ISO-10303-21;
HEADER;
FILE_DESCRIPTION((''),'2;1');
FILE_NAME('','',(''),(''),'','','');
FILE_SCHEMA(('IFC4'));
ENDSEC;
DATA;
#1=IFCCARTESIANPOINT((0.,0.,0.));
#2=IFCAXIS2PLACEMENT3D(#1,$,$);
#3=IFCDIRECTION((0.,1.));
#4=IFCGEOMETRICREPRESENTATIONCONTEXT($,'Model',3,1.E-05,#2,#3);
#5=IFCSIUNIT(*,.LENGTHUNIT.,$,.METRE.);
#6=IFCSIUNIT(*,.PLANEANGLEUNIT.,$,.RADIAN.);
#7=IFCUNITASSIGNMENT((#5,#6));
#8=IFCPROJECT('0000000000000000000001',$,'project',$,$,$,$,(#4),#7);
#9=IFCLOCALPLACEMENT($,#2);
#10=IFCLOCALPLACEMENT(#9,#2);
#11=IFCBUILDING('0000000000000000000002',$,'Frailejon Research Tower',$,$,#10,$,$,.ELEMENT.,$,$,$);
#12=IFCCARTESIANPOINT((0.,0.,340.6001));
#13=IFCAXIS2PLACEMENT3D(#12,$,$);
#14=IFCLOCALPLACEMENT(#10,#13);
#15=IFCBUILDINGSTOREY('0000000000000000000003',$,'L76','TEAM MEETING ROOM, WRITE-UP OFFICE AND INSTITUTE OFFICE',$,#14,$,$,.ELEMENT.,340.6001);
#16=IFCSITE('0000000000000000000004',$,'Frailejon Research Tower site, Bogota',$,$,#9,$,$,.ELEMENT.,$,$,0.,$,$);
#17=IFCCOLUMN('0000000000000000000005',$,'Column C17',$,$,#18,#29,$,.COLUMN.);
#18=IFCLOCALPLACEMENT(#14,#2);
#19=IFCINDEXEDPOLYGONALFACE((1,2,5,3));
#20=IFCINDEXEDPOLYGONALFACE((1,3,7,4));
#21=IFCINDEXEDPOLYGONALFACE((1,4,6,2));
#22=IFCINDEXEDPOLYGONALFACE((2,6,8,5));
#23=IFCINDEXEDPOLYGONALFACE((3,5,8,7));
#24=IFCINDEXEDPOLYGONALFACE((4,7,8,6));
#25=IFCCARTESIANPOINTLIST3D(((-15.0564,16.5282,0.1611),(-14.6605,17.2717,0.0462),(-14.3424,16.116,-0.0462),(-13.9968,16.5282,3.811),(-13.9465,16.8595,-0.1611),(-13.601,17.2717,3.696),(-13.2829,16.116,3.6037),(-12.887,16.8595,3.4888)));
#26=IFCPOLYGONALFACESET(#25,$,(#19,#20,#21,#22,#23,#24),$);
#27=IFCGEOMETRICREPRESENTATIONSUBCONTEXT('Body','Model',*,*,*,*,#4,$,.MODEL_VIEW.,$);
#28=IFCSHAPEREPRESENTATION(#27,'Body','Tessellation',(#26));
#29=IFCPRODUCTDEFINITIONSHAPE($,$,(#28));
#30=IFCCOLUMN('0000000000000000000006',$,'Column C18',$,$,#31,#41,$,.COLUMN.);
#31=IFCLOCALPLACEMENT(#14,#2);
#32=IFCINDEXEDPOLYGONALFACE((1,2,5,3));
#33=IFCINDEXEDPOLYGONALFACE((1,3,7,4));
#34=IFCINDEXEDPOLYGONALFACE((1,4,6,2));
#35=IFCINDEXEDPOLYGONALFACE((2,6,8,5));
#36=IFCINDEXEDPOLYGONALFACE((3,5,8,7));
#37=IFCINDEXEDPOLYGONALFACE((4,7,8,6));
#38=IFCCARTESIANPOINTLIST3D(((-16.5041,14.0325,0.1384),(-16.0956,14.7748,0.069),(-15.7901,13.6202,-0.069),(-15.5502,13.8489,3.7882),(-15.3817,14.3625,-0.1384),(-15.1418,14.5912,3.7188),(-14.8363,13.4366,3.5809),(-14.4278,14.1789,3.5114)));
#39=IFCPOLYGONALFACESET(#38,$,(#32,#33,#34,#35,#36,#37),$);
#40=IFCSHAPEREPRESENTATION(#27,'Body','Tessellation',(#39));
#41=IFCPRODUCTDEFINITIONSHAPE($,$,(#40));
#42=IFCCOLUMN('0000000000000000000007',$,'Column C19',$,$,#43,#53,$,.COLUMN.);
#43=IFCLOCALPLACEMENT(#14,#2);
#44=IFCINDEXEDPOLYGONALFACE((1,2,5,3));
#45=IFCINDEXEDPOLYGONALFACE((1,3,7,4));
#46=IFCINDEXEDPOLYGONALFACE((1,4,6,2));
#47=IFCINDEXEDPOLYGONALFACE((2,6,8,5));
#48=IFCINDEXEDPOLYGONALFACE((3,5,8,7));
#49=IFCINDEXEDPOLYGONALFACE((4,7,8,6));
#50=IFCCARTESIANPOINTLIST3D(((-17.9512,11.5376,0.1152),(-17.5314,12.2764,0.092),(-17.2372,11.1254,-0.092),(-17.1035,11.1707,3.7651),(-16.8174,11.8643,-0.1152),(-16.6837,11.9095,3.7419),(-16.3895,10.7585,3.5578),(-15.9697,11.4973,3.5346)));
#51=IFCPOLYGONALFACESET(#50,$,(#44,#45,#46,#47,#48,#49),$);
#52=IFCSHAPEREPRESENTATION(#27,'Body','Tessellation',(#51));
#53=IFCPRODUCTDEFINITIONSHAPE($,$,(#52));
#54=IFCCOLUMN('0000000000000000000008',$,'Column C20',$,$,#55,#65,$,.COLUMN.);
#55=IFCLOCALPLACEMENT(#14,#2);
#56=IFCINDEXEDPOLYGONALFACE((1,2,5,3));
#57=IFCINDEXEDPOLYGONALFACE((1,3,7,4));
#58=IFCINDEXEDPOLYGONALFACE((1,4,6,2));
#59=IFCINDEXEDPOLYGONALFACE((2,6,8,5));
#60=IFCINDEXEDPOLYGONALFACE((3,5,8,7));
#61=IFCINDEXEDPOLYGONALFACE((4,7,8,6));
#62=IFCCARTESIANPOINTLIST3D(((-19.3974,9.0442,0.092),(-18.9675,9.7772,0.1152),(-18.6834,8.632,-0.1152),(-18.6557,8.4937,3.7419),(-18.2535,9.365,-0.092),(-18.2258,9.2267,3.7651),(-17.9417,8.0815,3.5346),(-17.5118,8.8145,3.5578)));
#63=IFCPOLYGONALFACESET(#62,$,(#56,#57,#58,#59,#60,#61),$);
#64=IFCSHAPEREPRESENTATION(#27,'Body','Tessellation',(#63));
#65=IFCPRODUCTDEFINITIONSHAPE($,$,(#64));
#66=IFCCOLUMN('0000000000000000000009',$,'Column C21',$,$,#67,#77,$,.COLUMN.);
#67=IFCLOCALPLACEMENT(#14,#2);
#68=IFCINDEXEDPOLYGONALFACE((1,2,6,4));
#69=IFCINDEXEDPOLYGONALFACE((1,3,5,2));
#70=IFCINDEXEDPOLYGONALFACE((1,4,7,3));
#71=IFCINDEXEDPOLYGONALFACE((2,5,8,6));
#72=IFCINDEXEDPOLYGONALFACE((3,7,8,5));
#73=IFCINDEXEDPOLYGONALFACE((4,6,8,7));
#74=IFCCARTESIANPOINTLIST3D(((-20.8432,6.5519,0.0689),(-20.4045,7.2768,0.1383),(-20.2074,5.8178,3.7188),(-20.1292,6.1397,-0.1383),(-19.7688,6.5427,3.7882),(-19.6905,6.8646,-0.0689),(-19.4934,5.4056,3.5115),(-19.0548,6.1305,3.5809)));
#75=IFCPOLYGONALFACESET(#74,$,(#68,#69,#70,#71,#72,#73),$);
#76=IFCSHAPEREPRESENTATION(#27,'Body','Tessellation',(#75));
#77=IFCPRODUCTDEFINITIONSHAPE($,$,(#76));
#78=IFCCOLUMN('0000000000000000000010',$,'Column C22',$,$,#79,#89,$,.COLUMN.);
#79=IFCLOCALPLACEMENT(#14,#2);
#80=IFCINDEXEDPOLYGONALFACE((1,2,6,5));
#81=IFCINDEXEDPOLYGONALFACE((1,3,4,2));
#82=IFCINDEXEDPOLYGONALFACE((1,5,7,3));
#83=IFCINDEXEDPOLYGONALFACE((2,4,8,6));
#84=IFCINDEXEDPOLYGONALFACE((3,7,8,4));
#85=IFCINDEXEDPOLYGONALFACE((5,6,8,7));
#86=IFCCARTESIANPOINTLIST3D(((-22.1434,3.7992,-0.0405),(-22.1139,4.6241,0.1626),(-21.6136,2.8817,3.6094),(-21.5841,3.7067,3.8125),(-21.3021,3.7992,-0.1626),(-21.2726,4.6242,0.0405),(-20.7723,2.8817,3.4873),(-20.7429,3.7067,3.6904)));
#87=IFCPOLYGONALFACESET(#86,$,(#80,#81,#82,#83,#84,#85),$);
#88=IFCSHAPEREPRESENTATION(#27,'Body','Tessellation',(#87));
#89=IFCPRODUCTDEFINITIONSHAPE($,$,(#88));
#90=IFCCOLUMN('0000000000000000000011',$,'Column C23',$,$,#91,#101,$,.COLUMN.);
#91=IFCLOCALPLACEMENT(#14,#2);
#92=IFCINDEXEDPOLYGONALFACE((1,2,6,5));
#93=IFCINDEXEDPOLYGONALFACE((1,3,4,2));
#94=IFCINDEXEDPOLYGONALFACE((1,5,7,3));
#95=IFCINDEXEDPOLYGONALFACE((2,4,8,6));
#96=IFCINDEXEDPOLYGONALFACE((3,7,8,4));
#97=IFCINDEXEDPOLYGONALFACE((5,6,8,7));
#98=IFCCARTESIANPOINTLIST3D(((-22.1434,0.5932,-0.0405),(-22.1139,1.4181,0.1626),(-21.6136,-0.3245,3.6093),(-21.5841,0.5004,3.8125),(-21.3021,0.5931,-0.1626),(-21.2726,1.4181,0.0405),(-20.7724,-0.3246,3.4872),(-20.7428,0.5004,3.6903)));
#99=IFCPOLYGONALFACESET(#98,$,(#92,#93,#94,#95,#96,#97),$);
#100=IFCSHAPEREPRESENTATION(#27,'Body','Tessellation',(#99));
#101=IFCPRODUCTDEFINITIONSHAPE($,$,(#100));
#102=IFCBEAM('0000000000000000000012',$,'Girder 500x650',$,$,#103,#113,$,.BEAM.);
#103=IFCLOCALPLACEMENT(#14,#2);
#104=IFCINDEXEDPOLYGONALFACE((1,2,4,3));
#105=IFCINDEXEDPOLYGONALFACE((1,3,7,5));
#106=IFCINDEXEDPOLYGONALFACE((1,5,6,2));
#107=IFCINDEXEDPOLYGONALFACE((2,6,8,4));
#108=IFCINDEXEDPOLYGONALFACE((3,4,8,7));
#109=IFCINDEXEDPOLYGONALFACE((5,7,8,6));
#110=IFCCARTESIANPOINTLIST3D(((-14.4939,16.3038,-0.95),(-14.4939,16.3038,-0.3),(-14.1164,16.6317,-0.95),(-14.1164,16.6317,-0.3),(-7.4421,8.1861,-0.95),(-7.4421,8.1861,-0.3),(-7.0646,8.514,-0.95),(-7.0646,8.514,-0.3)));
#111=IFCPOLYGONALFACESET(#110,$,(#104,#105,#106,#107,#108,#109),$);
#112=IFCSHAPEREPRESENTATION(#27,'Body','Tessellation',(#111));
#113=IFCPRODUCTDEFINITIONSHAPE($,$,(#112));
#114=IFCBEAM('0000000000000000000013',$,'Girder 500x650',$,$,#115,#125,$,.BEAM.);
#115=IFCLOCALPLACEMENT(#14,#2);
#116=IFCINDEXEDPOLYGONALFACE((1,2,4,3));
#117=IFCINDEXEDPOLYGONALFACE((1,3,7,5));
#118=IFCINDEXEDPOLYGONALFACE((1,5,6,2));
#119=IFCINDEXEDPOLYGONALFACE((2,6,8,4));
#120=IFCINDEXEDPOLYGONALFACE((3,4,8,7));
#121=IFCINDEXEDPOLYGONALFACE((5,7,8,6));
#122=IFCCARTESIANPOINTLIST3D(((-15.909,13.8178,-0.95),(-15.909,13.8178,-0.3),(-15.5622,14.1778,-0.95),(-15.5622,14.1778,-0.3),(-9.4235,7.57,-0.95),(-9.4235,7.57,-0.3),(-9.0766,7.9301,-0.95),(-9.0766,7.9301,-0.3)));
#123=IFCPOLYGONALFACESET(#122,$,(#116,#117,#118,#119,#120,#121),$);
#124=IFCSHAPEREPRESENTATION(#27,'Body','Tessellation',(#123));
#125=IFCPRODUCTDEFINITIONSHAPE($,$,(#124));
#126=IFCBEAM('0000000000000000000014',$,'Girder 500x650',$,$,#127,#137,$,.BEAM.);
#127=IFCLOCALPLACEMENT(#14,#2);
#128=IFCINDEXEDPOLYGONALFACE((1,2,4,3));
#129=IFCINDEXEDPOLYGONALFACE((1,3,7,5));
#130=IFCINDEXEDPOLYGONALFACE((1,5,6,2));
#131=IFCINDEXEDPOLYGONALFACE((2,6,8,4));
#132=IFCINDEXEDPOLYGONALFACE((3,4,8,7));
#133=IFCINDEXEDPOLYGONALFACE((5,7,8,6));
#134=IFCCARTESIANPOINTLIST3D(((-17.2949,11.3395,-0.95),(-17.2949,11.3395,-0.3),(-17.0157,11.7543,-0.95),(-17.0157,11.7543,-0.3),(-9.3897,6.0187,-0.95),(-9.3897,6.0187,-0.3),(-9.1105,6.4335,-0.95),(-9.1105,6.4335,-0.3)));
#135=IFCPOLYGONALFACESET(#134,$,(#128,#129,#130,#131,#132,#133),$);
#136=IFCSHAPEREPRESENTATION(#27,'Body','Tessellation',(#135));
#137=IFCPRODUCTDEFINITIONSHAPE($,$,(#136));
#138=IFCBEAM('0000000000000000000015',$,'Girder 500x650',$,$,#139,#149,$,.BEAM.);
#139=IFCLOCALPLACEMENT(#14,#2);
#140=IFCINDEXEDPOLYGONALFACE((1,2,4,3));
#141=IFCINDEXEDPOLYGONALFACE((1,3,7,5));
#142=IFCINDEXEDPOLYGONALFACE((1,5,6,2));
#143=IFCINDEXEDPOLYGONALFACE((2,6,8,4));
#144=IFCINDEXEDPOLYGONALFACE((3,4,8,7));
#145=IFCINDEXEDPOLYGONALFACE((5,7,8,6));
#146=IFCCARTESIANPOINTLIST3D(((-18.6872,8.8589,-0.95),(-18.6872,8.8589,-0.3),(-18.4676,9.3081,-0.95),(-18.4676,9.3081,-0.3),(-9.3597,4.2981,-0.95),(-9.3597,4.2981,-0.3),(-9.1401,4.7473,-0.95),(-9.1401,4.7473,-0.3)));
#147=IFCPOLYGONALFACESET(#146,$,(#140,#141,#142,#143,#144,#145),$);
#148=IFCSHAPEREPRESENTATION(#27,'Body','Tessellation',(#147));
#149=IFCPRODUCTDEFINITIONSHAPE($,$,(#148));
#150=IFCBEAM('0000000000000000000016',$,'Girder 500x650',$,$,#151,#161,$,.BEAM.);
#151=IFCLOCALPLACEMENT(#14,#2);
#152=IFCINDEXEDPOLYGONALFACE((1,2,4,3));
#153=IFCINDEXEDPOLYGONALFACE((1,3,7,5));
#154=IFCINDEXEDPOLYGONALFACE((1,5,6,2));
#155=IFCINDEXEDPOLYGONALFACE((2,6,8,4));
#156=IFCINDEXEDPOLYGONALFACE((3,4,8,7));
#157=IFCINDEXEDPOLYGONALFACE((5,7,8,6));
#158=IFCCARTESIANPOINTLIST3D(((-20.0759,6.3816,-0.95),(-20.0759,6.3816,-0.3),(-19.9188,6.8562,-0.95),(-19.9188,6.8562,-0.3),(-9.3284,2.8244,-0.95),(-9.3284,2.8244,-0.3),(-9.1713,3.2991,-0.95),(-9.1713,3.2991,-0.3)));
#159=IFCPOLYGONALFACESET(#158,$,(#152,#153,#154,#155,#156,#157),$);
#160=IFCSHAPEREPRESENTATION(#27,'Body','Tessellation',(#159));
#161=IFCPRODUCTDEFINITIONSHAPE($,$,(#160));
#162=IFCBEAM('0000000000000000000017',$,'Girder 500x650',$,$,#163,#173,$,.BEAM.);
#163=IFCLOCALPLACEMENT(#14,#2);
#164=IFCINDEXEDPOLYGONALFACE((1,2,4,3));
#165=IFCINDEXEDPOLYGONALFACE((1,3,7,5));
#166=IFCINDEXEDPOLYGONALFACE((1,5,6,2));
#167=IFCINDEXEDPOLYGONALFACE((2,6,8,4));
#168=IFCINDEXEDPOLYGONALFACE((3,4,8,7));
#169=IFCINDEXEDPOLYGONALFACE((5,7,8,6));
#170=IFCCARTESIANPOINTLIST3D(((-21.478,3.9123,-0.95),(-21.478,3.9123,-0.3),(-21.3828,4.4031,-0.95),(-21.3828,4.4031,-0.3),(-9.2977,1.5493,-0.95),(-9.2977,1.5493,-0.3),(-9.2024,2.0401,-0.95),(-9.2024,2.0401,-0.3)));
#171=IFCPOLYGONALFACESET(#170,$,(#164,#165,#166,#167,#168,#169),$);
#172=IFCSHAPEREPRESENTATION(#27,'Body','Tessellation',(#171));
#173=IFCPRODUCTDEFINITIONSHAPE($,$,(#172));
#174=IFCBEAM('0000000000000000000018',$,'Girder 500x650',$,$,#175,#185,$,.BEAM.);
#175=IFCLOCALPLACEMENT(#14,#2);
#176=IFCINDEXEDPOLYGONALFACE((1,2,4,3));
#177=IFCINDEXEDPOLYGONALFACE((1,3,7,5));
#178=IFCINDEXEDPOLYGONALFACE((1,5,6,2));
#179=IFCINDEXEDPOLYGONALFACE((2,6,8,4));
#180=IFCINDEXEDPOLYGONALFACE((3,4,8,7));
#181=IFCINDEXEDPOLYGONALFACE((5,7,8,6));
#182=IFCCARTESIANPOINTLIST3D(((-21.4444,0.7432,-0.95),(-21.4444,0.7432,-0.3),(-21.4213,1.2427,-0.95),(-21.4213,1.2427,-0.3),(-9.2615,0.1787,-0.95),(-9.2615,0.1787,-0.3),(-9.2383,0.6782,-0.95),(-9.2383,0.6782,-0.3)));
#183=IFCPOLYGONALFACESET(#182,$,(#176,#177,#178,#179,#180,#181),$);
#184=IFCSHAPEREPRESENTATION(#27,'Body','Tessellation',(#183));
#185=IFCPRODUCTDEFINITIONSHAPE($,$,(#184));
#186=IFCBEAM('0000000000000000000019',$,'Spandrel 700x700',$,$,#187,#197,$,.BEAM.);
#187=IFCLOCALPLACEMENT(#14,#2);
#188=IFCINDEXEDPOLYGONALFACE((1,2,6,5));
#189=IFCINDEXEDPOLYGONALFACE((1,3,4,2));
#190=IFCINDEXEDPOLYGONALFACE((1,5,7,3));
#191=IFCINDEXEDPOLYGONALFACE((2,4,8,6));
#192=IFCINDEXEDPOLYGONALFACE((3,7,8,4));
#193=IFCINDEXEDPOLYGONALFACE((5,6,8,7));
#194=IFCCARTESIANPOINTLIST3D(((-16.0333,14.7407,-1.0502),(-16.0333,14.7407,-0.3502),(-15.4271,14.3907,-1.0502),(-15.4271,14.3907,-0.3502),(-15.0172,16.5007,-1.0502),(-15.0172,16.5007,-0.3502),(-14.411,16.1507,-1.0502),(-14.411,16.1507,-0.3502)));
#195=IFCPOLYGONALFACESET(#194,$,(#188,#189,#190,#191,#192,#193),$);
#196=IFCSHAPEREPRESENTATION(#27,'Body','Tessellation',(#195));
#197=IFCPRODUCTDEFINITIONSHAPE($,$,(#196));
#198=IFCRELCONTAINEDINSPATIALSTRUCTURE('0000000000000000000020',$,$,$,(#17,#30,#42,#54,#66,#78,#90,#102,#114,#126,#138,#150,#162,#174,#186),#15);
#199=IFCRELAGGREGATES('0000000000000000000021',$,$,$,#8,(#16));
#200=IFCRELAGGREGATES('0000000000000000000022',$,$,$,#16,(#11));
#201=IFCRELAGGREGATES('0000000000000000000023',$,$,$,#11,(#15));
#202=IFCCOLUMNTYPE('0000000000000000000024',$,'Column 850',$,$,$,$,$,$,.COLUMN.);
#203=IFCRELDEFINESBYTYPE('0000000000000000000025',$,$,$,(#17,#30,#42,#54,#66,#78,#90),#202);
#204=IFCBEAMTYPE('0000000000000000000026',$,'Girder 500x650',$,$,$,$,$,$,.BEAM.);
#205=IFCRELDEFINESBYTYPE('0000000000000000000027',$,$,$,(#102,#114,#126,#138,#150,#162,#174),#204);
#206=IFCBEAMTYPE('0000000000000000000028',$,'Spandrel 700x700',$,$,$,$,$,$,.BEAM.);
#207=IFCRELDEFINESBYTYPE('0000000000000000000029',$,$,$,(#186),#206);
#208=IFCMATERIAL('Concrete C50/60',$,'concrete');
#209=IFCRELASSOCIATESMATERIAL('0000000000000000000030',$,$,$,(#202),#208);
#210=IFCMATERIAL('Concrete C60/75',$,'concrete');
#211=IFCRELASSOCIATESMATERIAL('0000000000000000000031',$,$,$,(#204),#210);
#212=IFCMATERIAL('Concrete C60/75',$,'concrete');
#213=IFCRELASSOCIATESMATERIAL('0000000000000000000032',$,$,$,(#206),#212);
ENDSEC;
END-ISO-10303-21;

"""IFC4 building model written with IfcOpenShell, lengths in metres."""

from ifc_helpers import new_model, si_unit, direction, frame, origin, origin_2d, place, context, subcontext, project, spatial, rectangle, extrude, material, material_profile, profile_set, type_object, element, save


model = new_model("IFC4")

# Units and contexts
model_context = context("Model", 3, precision=1e-05, world=origin(), true_north=direction((0.0, 1.0)))
body_context = subcontext(model_context, "Body", "Model", "MODEL_VIEW")
ifc_project = project(units=[si_unit("LENGTHUNIT", "METRE"), si_unit("PLANEANGLEUNIT", "RADIAN")], contexts=[model_context])

# Site, building, storey
site_placement = place(None, origin())
site = spatial("IfcSite", under=ifc_project, at=site_placement, Name="Frailejon Research Tower site, Bogota", CompositionType="ELEMENT", RefElevation=0.0)
building_placement = place(site_placement, origin())
building = spatial("IfcBuilding", under=site, at=building_placement, Name="Frailejon Research Tower", CompositionType="ELEMENT")
storey_placement = place(building_placement, frame((0.0, 0.0, 340.6001)))
storey = spatial("IfcBuildingStorey", under=building, at=storey_placement, Name="L76", Description="TEAM MEETING ROOM, WRITE-UP OFFICE AND INSTITUTE OFFICE", CompositionType="ELEMENT", Elevation=340.6001)

# Columns
ifc_material_1 = material(Name="Concrete C50/60", Category="concrete")
ifc_material_profile_1 = material_profile(ifc_material_1, rectangle(XDim=0.8501, YDim=0.8501, at=origin_2d()), Name="Column 850")
ifc_profile_set_1 = profile_set([ifc_material_profile_1], Name="Concrete C50/60")
column_type = type_object("IfcColumnType", Name="Column 850", PredefinedType="COLUMN", material=ifc_profile_set_1)
column_1_placement = place(storey_placement, frame((-14.5015, 16.6938, 0.0), z_axis=(0.278791, 0.0, 0.960352), x_axis=(-0.465685, -0.874564, 0.135189)))
element("IfcColumn", 1, at=column_1_placement, inside=storey, type_object=column_type, Name="Column C17", PredefinedType="COLUMN", context=body_context, shape_type="SweptSolid", body=[
    extrude(rectangle(XDim=0.8501, YDim=0.8501, at=origin_2d()), origin(), (0.0, 0.0, 1.0), 3.8005),
])
column_2_placement = place(storey_placement, frame((-15.9429, 14.1975, 0.0), z_axis=(0.252547, -0.048609, 0.966363), x_axis=(-0.480493, -0.87319, 0.081649)))
element("IfcColumn", 2, at=column_2_placement, inside=storey, type_object=column_type, Name="Column C18", PredefinedType="COLUMN", context=body_context, shape_type="SweptSolid", body=[
    extrude(rectangle(XDim=0.8501, YDim=0.8501, at=origin_2d()), origin(), (0.0, 0.0, 1.0), 3.7769),
])
for number, where, z_axis, x_axis, name in (
    (3, (-17.3843, 11.7009, 0.0), (0.225143, -0.097463, 0.969439), (-0.493822, -0.869134, 0.027307), "Column C19"),
    (4, (-18.8254, 9.2046, 0.0), (0.197, -0.146226, 0.969437), (-0.505734, -0.862258, -0.027289), "Column C20"),
):
    element("IfcColumn", number, at=place(storey_placement, frame(where, z_axis=z_axis, x_axis=x_axis)), inside=storey, type_object=column_type, Name=name, PredefinedType="COLUMN", context=body_context, shape_type="SweptSolid", body=[
        extrude(rectangle(XDim=0.8501, YDim=0.8501, at=origin_2d()), origin(), (0.0, 0.0, 1.0), 3.7649),
    ])
column_3_placement = place(storey_placement, frame((-20.2668, 6.7083, 0.0), z_axis=(0.168324, -0.194374, 0.966378), x_axis=(-0.515961, -0.852713, -0.081642)))
element("IfcColumn", 5, at=column_3_placement, inside=storey, type_object=column_type, Name="Column C21", PredefinedType="COLUMN", context=body_context, shape_type="SweptSolid", body=[
    extrude(rectangle(XDim=0.8501, YDim=0.8501, at=origin_2d()), origin(), (0.0, 0.0, 1.0), 3.7769),
])
for number, where, z_axis, x_axis, name in (
    (6, (-21.708, 4.2117, 0.0), (0.139397, -0.241407, 0.96036), (-0.034629, -0.970424, -0.23891), "Column C22"),
    (7, (-21.708, 1.0056, 0.0), (0.139395, -0.241467, 0.960345), (-0.034747, -0.970409, -0.238954), "Column C23"),
):
    element("IfcColumn", number, at=place(storey_placement, frame(where, z_axis=z_axis, x_axis=x_axis)), inside=storey, type_object=column_type, Name=name, PredefinedType="COLUMN", context=body_context, shape_type="SweptSolid", body=[
        extrude(rectangle(XDim=0.8501, YDim=0.8501, at=origin_2d()), origin(), (0.0, 0.0, 1.0), 3.8005),
    ])

# Beams
ifc_material_2 = material(Name="Concrete C60/75", Category="concrete")
ifc_material_profile_2 = material_profile(ifc_material_2, rectangle(XDim=0.5, YDim=0.6499, at=origin_2d()), Name="Girder 500x650")
ifc_profile_set_2 = profile_set([ifc_material_profile_2], Name="Concrete C60/75")
beam_type_1 = type_object("IfcBeamType", Name="Girder 500x650", PredefinedType="BEAM", material=ifc_profile_set_2)
beam_1_placement = place(storey_placement, frame((-14.3052, 16.4678, -0.625), z_axis=(0.655803, -0.754932, 0.0), x_axis=(0.754932, 0.655803, 0.0)))
element("IfcBeam", 8, at=beam_1_placement, inside=storey, type_object=beam_type_1, Name="Girder 500x650", PredefinedType="BEAM", context=body_context, shape_type="SweptSolid", body=[
    extrude(rectangle(XDim=0.5, YDim=0.6499, at=origin_2d()), origin(), (0.0, 0.0, 1.0), 10.7529),
])
beam_2_placement = place(storey_placement, frame((-15.7356, 13.9978, -0.625), z_axis=(0.720186, -0.693781, 0.0), x_axis=(0.693781, 0.720186, 0.0)))
element("IfcBeam", 9, at=beam_2_placement, inside=storey, type_object=beam_type_1, Name="Girder 500x650", PredefinedType="BEAM", context=body_context, shape_type="SweptSolid", body=[
    extrude(rectangle(XDim=0.5, YDim=0.6499, at=origin_2d()), origin(), (0.0, 0.0, 1.0), 9.0054),
])
beam_3_placement = place(storey_placement, frame((-17.1553, 11.5469, -0.625), z_axis=(0.82959, -0.558372, 0.0), x_axis=(0.558372, 0.82959, 0.0)))
element("IfcBeam", 10, at=beam_3_placement, inside=storey, type_object=beam_type_1, Name="Girder 500x650", PredefinedType="BEAM", context=body_context, shape_type="SweptSolid", body=[
    extrude(rectangle(XDim=0.5, YDim=0.6499, at=origin_2d()), origin(), (0.0, 0.0, 1.0), 9.5291),
])
beam_4_placement = place(storey_placement, frame((-18.5774, 9.0835, -0.625), z_axis=(0.898357, -0.439267, 0.0), x_axis=(0.439267, 0.898357, 0.0)))
element("IfcBeam", 11, at=beam_4_placement, inside=storey, type_object=beam_type_1, Name="Girder 500x650", PredefinedType="BEAM", context=body_context, shape_type="SweptSolid", body=[
    extrude(rectangle(XDim=0.5, YDim=0.6499, at=origin_2d()), origin(), (0.0, 0.0, 1.0), 10.3828),
])
beam_5_placement = place(storey_placement, frame((-19.9973, 6.6189, -0.625), z_axis=(0.949352, -0.314215, 0.0), x_axis=(0.314215, 0.949352, 0.0)))
element("IfcBeam", 12, at=beam_5_placement, inside=storey, type_object=beam_type_1, Name="Girder 500x650", PredefinedType="BEAM", context=body_context, shape_type="SweptSolid", body=[
    extrude(rectangle(XDim=0.5, YDim=0.6499, at=origin_2d()), origin(), (0.0, 0.0, 1.0), 11.3208),
])
beam_6_placement = place(storey_placement, frame((-21.4304, 4.1577, -0.625), z_axis=(0.981697, -0.190452, 0.0), x_axis=(0.190452, 0.981697, 0.0)))
element("IfcBeam", 13, at=beam_6_placement, inside=storey, type_object=beam_type_1, Name="Girder 500x650", PredefinedType="BEAM", context=body_context, shape_type="SweptSolid", body=[
    extrude(rectangle(XDim=0.5, YDim=0.6499, at=origin_2d()), origin(), (0.0, 0.0, 1.0), 12.4075),
])
beam_7_placement = place(storey_placement, frame((-21.4329, 0.9929, -0.625), z_axis=(0.998928, -0.046282, 0.0), x_axis=(0.046282, 0.998928, 0.0)))
element("IfcBeam", 14, at=beam_7_placement, inside=storey, type_object=beam_type_1, Name="Girder 500x650", PredefinedType="BEAM", context=body_context, shape_type="SweptSolid", body=[
    extrude(rectangle(XDim=0.5, YDim=0.6499, at=origin_2d()), origin(), (0.0, 0.0, 1.0), 12.196),
])
ifc_material_3 = material(Name="Concrete C60/75", Category="concrete")
ifc_material_profile_3 = material_profile(ifc_material_3, rectangle(XDim=0.7, YDim=0.7, at=origin_2d()), Name="Spandrel 700x700")
ifc_profile_set_3 = profile_set([ifc_material_profile_3], Name="Concrete C60/75")
beam_type_2 = type_object("IfcBeamType", Name="Spandrel 700x700", PredefinedType="BEAM", material=ifc_profile_set_3)
beam_8_placement = place(storey_placement, frame((-14.7141, 16.3257, -0.7002), z_axis=(-0.499989, -0.866032, 0.0), x_axis=(0.866032, -0.499989, 0.0)))
element("IfcBeam", 15, at=beam_8_placement, inside=storey, type_object=beam_type_2, Name="Spandrel 700x700", PredefinedType="BEAM", context=body_context, shape_type="SweptSolid", body=[
    extrude(rectangle(XDim=0.7, YDim=0.7, at=origin_2d()), origin(), (0.0, 0.0, 1.0), 2.0322),
])

save(model, "model.ifc")
